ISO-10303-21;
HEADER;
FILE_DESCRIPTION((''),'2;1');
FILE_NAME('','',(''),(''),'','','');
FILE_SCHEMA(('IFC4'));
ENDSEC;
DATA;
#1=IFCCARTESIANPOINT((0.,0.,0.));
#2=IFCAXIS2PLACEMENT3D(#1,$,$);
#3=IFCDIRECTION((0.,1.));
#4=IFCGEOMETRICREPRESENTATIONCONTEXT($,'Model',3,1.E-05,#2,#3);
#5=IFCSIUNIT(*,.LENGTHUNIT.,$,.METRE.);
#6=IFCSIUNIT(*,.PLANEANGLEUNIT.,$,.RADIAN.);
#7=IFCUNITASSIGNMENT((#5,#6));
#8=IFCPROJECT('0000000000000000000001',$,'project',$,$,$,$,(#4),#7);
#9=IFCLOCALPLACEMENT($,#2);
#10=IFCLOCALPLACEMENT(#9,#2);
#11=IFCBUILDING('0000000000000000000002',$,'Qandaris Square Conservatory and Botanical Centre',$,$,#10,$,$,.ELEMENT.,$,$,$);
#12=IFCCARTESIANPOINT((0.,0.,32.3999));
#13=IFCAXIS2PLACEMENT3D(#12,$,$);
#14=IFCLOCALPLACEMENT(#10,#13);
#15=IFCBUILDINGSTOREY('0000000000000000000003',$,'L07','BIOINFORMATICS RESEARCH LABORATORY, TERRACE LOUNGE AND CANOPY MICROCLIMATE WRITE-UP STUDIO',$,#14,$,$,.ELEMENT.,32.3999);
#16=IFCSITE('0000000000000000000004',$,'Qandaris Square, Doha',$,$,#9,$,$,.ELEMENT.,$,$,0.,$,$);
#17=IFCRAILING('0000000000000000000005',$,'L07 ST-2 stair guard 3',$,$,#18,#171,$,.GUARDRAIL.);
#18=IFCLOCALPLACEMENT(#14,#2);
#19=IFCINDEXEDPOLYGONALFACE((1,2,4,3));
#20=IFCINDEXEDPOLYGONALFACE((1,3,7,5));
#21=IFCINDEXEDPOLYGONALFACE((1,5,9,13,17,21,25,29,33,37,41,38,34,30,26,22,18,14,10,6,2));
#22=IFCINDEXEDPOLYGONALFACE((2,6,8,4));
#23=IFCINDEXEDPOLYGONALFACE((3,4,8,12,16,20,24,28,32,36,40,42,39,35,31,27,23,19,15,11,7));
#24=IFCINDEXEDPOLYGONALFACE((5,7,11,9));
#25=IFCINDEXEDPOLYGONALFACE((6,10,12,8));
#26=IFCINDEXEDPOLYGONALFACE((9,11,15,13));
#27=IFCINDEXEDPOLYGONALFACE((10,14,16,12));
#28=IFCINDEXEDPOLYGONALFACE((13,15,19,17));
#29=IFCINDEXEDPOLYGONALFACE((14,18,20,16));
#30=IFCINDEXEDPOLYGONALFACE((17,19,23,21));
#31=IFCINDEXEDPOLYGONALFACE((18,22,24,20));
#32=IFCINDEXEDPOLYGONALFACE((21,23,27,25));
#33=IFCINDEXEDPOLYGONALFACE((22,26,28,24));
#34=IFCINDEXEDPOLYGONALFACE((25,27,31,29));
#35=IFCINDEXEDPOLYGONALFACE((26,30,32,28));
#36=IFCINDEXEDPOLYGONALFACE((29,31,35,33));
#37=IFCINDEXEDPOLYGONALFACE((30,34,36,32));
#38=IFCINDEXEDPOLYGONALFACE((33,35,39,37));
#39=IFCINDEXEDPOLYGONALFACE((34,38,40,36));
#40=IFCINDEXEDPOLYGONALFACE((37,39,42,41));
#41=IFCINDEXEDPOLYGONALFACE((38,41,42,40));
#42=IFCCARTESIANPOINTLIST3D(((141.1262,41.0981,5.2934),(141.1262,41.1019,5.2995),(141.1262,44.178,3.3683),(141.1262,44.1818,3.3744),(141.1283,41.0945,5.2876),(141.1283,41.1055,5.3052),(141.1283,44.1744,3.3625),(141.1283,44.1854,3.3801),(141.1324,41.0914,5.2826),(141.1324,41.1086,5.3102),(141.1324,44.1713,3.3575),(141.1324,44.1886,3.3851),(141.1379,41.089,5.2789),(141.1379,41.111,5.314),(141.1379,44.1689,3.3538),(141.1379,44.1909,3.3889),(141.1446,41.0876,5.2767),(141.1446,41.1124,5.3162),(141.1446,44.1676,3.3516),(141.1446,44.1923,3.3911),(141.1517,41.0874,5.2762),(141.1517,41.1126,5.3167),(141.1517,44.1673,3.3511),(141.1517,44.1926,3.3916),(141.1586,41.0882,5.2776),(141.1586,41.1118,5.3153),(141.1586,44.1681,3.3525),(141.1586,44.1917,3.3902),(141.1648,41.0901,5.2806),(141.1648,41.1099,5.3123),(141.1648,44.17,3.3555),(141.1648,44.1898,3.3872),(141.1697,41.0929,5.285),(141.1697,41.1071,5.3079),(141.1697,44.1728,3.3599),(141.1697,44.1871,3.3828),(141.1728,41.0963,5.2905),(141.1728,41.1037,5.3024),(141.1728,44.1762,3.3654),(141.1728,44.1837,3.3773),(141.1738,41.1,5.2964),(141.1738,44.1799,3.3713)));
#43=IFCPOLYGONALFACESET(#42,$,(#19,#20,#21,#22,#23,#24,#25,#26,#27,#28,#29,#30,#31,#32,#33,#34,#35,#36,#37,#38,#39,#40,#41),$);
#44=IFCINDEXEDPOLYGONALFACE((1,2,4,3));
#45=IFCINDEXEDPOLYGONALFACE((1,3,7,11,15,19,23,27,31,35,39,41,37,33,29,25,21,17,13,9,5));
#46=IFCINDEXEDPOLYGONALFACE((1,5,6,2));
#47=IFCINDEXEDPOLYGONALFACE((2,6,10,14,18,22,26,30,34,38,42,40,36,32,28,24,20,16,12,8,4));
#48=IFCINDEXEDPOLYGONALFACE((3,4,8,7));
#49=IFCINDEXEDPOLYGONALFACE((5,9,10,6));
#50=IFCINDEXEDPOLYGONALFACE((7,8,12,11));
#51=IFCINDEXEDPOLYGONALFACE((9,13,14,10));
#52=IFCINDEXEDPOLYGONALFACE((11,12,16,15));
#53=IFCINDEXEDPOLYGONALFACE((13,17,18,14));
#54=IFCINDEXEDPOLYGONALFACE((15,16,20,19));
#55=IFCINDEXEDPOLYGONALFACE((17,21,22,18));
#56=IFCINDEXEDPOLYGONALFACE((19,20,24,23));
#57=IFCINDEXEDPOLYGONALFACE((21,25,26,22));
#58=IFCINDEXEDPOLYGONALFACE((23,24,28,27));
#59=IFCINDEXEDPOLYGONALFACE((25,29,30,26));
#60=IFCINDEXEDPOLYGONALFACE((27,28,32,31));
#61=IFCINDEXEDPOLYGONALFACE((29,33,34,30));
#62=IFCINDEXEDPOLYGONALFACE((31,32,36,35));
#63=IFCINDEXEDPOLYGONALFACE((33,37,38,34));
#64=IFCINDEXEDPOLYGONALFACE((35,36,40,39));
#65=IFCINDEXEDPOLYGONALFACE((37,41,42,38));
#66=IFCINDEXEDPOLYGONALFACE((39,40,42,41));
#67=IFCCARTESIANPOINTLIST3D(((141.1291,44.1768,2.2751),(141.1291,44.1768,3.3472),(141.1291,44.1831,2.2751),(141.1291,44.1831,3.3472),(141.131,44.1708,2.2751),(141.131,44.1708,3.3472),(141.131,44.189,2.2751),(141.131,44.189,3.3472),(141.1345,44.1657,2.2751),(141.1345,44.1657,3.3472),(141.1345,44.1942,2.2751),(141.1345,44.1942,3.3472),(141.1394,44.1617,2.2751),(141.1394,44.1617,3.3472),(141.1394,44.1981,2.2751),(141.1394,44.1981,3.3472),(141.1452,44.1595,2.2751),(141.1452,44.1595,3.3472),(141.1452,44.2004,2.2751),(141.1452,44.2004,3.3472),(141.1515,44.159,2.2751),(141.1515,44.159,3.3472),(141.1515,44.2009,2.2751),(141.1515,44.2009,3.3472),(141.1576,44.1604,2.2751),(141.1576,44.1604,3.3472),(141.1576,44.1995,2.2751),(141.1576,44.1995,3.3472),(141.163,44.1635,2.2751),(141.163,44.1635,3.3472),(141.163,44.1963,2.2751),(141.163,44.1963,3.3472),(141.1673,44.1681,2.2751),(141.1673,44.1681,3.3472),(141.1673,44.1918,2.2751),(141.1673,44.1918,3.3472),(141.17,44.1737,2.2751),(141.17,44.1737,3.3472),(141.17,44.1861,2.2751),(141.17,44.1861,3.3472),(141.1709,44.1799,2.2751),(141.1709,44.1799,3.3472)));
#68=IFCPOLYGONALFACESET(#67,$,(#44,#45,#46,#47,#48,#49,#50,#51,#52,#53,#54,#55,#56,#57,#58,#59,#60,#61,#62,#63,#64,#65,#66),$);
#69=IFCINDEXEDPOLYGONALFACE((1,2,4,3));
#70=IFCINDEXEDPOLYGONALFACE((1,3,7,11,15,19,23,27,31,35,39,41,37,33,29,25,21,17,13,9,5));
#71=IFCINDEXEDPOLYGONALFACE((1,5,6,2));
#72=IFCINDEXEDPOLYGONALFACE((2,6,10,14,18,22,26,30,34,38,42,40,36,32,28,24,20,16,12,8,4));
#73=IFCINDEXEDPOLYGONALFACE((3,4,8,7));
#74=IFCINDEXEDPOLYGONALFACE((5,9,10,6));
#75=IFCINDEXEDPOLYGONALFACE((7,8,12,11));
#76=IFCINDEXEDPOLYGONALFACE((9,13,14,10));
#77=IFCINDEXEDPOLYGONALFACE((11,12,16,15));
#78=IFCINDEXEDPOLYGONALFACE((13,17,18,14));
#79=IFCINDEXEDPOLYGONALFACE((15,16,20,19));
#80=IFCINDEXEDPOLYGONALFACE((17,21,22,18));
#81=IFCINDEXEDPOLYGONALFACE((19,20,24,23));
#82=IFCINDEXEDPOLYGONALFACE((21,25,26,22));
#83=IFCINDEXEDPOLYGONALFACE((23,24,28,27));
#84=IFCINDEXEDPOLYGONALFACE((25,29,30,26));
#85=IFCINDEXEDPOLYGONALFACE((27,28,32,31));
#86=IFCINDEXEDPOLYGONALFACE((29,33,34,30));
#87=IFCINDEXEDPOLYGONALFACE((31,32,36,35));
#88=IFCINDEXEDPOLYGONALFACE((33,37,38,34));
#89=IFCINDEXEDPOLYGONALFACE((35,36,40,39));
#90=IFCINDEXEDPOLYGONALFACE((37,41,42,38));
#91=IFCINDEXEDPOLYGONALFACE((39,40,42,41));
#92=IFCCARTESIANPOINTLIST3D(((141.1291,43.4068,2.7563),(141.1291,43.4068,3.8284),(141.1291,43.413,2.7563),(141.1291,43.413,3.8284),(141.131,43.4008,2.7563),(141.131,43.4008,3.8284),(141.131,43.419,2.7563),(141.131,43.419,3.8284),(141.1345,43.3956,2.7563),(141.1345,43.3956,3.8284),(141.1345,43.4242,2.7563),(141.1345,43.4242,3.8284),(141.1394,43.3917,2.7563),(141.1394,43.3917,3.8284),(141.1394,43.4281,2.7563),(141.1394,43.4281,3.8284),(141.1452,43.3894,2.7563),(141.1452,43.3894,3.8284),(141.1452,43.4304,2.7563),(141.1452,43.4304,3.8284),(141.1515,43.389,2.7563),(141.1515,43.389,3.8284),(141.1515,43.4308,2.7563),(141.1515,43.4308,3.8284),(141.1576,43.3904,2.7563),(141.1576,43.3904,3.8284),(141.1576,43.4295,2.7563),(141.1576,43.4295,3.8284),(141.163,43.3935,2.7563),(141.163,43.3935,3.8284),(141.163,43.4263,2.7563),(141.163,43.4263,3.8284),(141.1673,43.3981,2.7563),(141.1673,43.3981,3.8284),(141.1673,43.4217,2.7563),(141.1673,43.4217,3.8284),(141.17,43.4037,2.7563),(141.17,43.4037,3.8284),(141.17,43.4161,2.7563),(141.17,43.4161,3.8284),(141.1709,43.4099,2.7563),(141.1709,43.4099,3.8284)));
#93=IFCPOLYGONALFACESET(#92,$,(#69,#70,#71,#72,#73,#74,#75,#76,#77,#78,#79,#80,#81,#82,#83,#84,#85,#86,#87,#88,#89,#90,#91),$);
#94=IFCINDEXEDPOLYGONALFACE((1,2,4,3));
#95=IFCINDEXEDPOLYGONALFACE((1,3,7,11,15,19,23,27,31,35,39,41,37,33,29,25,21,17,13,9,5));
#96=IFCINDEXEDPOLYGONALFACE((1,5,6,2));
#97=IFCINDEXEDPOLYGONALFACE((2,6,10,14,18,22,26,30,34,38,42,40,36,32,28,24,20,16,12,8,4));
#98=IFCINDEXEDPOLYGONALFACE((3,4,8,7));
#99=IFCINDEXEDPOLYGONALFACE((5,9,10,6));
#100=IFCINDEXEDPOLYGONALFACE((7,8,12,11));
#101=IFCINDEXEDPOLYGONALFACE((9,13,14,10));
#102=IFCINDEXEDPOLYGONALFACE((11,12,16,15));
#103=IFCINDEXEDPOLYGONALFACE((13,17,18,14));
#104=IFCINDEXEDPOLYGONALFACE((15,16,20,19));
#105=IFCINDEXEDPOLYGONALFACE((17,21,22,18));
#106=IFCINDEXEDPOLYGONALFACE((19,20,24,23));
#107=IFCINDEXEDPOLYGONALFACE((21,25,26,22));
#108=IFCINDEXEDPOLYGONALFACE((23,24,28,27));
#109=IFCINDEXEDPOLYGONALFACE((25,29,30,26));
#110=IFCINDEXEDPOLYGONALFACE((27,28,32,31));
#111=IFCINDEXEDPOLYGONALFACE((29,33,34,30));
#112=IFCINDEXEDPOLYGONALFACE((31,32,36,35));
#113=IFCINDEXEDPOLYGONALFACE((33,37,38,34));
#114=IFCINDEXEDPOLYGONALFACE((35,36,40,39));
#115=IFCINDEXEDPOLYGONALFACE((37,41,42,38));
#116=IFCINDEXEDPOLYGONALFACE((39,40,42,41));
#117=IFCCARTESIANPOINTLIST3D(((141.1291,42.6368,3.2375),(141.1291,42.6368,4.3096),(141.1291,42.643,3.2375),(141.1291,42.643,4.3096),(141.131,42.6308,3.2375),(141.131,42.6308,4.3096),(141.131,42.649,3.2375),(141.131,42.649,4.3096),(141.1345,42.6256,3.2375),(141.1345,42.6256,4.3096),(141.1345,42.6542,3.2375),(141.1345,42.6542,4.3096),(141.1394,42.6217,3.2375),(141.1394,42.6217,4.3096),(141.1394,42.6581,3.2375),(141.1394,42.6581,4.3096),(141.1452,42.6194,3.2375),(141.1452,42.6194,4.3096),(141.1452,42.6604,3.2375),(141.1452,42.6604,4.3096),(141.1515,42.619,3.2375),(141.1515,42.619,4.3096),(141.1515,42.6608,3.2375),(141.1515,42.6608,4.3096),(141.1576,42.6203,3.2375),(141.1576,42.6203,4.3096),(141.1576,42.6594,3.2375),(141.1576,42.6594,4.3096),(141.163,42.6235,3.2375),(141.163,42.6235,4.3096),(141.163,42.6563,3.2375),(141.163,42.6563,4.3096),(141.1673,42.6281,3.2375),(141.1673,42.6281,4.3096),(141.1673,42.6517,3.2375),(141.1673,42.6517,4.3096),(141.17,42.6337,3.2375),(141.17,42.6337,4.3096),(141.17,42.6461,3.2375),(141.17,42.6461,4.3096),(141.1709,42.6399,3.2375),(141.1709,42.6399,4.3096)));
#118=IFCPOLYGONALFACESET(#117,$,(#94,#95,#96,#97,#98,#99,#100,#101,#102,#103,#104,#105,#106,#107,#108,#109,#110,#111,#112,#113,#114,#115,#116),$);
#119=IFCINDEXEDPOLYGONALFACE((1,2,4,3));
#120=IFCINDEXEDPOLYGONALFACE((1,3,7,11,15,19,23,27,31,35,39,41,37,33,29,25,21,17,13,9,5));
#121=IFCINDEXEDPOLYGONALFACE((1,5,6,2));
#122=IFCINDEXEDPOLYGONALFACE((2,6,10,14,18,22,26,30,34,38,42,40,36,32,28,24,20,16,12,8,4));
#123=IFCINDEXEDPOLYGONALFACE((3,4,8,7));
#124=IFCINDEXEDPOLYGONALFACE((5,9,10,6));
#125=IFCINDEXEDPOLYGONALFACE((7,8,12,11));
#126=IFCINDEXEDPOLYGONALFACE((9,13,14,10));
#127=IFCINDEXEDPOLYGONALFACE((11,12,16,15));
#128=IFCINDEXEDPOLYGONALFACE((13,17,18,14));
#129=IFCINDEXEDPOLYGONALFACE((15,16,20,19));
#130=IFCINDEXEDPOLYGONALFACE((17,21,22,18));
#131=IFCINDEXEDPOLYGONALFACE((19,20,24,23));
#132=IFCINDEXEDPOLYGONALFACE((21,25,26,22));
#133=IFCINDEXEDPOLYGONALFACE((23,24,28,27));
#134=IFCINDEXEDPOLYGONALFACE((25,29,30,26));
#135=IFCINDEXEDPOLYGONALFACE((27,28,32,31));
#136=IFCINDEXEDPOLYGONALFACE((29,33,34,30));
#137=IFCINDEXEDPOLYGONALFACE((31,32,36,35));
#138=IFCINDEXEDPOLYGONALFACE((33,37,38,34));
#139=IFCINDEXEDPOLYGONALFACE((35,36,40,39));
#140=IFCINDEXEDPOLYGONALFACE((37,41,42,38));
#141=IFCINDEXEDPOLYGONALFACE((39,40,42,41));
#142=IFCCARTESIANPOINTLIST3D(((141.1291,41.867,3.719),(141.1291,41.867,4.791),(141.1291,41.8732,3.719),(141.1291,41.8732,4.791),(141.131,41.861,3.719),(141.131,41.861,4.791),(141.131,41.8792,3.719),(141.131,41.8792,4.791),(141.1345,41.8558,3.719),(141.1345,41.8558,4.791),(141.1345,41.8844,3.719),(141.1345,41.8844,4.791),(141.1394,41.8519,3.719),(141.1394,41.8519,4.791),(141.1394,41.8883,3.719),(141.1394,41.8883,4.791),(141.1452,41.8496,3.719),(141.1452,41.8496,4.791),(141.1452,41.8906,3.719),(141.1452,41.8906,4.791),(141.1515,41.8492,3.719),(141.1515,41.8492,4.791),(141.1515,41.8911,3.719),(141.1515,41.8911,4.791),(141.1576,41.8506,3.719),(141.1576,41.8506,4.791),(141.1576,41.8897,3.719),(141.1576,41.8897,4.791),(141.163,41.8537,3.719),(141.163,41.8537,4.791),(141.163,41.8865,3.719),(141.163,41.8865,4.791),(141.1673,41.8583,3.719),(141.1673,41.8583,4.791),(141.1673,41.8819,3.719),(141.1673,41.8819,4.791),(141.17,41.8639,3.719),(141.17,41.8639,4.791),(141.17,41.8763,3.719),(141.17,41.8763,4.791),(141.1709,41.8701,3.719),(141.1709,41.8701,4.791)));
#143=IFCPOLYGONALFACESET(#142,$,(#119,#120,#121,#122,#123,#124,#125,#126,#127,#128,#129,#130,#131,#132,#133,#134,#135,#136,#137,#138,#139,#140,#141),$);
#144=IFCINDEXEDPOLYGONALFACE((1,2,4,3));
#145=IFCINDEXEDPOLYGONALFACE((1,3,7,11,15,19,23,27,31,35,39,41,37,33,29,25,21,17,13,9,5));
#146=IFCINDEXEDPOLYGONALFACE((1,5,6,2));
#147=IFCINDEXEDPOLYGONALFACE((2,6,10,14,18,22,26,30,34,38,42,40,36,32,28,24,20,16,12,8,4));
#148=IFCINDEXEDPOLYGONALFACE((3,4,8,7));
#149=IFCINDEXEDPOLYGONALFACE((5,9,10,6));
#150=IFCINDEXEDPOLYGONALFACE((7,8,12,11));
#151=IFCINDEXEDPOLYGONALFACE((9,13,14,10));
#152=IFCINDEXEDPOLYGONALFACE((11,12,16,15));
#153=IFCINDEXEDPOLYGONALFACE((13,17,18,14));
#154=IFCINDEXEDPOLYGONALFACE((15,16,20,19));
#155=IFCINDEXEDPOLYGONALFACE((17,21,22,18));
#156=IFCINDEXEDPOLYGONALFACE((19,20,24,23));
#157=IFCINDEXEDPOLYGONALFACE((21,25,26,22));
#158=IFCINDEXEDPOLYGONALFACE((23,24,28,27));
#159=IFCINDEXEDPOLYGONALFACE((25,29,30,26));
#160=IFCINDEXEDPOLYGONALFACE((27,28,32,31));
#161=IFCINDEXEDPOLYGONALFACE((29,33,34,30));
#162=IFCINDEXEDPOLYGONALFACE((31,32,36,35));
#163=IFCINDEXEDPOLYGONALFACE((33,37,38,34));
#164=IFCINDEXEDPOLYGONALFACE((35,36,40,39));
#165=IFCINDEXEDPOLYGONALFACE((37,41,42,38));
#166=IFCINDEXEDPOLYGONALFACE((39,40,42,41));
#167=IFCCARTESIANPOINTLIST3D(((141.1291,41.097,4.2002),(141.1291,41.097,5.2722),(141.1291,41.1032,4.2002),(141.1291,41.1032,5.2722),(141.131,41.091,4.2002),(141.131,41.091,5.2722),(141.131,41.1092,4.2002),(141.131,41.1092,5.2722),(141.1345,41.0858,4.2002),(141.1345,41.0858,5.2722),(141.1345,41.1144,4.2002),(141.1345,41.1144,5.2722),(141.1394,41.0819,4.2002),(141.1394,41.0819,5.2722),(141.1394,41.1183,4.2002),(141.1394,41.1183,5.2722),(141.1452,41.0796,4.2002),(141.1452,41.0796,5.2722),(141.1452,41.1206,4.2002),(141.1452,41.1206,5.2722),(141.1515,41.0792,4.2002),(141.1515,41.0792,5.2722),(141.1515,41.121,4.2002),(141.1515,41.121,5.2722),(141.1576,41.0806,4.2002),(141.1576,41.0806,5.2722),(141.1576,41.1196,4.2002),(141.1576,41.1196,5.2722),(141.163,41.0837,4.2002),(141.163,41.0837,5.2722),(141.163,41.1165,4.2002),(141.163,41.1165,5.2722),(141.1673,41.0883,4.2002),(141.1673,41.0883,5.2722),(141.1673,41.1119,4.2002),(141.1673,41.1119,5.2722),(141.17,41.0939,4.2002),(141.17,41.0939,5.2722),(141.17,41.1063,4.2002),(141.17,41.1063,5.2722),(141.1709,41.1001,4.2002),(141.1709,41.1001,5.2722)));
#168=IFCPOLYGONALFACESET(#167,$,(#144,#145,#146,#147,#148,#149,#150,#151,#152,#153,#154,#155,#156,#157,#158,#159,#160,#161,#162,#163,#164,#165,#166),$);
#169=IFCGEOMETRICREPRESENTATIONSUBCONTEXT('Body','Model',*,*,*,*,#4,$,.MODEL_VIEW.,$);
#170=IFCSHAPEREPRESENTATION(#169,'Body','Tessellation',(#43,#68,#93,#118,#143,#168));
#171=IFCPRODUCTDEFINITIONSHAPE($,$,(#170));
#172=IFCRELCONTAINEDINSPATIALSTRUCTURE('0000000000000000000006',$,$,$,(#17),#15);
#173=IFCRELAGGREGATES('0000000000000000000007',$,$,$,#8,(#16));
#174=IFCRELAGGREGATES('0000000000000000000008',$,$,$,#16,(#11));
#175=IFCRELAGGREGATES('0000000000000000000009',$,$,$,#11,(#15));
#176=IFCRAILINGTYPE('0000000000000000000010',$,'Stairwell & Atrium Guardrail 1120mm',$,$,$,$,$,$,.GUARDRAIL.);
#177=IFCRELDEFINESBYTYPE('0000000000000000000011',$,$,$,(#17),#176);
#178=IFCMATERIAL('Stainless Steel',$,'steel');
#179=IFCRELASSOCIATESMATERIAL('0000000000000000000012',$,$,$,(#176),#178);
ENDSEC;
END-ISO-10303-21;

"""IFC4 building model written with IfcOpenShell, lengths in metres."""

from ifc_helpers import new_model, si_unit, direction, frame, origin, origin_2d, place, context, subcontext, project, spatial, circle, extrude, material, type_object, element, save


model = new_model("IFC4")

# Units and contexts
model_context = context("Model", 3, precision=1e-05, world=origin(), true_north=direction((0.0, 1.0)))
body_context = subcontext(model_context, "Body", "Model", "MODEL_VIEW")
ifc_project = project(units=[si_unit("LENGTHUNIT", "METRE"), si_unit("PLANEANGLEUNIT", "RADIAN")], contexts=[model_context])

# Site, building, storey
site_placement = place(None, origin())
site = spatial("IfcSite", under=ifc_project, at=site_placement, Name="Qandaris Square, Doha", CompositionType="ELEMENT", RefElevation=0.0)
building_placement = place(site_placement, origin())
building = spatial("IfcBuilding", under=site, at=building_placement, Name="Qandaris Square Conservatory and Botanical Centre", CompositionType="ELEMENT")
storey_placement = place(building_placement, frame((0.0, 0.0, 32.3999)))
storey = spatial("IfcBuildingStorey", under=building, at=storey_placement, Name="L07", Description="BIOINFORMATICS RESEARCH LABORATORY, TERRACE LOUNGE AND CANOPY MICROCLIMATE WRITE-UP STUDIO", CompositionType="ELEMENT", Elevation=32.3999)

# Railing
ifc_material_1 = material(Name="Stainless Steel", Category="steel")
railing_type_1 = type_object("IfcRailingType", Name="Stairwell & Atrium Guardrail 1120mm", PredefinedType="GUARDRAIL", material=ifc_material_1)
railing_1_placement = place(storey_placement, frame((141.1499, 44.1799, 2.2751)))
element("IfcRailing", 1, at=railing_1_placement, inside=storey, type_object=railing_type_1, Name="L07 ST-2 stair guard 3", PredefinedType="GUARDRAIL", context=body_context, shape_type="SweptSolid", body=[
    extrude(circle(Radius=0.0239, at=origin_2d()), frame((0.0, 0.0, 1.0962), z_axis=(0.0, -0.847979, 0.530029), x_axis=(1.0, 0.0, 0.0)), (0.0, 0.0, 1.0), 3.6321),
    extrude(circle(Radius=0.021, at=origin_2d()), origin(), (0.0, 0.0, 1.0), 1.072),
    extrude(circle(Radius=0.021, at=origin_2d()), frame((0.0, -0.77, 0.4812)), (0.0, 0.0, 1.0), 1.072),
    extrude(circle(Radius=0.021, at=origin_2d()), frame((0.0, -1.54, 0.9624)), (0.0, 0.0, 1.0), 1.072),
    extrude(circle(Radius=0.021, at=origin_2d()), frame((0.0, -2.3098, 1.4438)), (0.0, 0.0, 1.0), 1.072),
    extrude(circle(Radius=0.021, at=origin_2d()), frame((0.0, -3.0798, 1.925)), (0.0, 0.0, 1.0), 1.072),
])

save(model, "model.ifc")
